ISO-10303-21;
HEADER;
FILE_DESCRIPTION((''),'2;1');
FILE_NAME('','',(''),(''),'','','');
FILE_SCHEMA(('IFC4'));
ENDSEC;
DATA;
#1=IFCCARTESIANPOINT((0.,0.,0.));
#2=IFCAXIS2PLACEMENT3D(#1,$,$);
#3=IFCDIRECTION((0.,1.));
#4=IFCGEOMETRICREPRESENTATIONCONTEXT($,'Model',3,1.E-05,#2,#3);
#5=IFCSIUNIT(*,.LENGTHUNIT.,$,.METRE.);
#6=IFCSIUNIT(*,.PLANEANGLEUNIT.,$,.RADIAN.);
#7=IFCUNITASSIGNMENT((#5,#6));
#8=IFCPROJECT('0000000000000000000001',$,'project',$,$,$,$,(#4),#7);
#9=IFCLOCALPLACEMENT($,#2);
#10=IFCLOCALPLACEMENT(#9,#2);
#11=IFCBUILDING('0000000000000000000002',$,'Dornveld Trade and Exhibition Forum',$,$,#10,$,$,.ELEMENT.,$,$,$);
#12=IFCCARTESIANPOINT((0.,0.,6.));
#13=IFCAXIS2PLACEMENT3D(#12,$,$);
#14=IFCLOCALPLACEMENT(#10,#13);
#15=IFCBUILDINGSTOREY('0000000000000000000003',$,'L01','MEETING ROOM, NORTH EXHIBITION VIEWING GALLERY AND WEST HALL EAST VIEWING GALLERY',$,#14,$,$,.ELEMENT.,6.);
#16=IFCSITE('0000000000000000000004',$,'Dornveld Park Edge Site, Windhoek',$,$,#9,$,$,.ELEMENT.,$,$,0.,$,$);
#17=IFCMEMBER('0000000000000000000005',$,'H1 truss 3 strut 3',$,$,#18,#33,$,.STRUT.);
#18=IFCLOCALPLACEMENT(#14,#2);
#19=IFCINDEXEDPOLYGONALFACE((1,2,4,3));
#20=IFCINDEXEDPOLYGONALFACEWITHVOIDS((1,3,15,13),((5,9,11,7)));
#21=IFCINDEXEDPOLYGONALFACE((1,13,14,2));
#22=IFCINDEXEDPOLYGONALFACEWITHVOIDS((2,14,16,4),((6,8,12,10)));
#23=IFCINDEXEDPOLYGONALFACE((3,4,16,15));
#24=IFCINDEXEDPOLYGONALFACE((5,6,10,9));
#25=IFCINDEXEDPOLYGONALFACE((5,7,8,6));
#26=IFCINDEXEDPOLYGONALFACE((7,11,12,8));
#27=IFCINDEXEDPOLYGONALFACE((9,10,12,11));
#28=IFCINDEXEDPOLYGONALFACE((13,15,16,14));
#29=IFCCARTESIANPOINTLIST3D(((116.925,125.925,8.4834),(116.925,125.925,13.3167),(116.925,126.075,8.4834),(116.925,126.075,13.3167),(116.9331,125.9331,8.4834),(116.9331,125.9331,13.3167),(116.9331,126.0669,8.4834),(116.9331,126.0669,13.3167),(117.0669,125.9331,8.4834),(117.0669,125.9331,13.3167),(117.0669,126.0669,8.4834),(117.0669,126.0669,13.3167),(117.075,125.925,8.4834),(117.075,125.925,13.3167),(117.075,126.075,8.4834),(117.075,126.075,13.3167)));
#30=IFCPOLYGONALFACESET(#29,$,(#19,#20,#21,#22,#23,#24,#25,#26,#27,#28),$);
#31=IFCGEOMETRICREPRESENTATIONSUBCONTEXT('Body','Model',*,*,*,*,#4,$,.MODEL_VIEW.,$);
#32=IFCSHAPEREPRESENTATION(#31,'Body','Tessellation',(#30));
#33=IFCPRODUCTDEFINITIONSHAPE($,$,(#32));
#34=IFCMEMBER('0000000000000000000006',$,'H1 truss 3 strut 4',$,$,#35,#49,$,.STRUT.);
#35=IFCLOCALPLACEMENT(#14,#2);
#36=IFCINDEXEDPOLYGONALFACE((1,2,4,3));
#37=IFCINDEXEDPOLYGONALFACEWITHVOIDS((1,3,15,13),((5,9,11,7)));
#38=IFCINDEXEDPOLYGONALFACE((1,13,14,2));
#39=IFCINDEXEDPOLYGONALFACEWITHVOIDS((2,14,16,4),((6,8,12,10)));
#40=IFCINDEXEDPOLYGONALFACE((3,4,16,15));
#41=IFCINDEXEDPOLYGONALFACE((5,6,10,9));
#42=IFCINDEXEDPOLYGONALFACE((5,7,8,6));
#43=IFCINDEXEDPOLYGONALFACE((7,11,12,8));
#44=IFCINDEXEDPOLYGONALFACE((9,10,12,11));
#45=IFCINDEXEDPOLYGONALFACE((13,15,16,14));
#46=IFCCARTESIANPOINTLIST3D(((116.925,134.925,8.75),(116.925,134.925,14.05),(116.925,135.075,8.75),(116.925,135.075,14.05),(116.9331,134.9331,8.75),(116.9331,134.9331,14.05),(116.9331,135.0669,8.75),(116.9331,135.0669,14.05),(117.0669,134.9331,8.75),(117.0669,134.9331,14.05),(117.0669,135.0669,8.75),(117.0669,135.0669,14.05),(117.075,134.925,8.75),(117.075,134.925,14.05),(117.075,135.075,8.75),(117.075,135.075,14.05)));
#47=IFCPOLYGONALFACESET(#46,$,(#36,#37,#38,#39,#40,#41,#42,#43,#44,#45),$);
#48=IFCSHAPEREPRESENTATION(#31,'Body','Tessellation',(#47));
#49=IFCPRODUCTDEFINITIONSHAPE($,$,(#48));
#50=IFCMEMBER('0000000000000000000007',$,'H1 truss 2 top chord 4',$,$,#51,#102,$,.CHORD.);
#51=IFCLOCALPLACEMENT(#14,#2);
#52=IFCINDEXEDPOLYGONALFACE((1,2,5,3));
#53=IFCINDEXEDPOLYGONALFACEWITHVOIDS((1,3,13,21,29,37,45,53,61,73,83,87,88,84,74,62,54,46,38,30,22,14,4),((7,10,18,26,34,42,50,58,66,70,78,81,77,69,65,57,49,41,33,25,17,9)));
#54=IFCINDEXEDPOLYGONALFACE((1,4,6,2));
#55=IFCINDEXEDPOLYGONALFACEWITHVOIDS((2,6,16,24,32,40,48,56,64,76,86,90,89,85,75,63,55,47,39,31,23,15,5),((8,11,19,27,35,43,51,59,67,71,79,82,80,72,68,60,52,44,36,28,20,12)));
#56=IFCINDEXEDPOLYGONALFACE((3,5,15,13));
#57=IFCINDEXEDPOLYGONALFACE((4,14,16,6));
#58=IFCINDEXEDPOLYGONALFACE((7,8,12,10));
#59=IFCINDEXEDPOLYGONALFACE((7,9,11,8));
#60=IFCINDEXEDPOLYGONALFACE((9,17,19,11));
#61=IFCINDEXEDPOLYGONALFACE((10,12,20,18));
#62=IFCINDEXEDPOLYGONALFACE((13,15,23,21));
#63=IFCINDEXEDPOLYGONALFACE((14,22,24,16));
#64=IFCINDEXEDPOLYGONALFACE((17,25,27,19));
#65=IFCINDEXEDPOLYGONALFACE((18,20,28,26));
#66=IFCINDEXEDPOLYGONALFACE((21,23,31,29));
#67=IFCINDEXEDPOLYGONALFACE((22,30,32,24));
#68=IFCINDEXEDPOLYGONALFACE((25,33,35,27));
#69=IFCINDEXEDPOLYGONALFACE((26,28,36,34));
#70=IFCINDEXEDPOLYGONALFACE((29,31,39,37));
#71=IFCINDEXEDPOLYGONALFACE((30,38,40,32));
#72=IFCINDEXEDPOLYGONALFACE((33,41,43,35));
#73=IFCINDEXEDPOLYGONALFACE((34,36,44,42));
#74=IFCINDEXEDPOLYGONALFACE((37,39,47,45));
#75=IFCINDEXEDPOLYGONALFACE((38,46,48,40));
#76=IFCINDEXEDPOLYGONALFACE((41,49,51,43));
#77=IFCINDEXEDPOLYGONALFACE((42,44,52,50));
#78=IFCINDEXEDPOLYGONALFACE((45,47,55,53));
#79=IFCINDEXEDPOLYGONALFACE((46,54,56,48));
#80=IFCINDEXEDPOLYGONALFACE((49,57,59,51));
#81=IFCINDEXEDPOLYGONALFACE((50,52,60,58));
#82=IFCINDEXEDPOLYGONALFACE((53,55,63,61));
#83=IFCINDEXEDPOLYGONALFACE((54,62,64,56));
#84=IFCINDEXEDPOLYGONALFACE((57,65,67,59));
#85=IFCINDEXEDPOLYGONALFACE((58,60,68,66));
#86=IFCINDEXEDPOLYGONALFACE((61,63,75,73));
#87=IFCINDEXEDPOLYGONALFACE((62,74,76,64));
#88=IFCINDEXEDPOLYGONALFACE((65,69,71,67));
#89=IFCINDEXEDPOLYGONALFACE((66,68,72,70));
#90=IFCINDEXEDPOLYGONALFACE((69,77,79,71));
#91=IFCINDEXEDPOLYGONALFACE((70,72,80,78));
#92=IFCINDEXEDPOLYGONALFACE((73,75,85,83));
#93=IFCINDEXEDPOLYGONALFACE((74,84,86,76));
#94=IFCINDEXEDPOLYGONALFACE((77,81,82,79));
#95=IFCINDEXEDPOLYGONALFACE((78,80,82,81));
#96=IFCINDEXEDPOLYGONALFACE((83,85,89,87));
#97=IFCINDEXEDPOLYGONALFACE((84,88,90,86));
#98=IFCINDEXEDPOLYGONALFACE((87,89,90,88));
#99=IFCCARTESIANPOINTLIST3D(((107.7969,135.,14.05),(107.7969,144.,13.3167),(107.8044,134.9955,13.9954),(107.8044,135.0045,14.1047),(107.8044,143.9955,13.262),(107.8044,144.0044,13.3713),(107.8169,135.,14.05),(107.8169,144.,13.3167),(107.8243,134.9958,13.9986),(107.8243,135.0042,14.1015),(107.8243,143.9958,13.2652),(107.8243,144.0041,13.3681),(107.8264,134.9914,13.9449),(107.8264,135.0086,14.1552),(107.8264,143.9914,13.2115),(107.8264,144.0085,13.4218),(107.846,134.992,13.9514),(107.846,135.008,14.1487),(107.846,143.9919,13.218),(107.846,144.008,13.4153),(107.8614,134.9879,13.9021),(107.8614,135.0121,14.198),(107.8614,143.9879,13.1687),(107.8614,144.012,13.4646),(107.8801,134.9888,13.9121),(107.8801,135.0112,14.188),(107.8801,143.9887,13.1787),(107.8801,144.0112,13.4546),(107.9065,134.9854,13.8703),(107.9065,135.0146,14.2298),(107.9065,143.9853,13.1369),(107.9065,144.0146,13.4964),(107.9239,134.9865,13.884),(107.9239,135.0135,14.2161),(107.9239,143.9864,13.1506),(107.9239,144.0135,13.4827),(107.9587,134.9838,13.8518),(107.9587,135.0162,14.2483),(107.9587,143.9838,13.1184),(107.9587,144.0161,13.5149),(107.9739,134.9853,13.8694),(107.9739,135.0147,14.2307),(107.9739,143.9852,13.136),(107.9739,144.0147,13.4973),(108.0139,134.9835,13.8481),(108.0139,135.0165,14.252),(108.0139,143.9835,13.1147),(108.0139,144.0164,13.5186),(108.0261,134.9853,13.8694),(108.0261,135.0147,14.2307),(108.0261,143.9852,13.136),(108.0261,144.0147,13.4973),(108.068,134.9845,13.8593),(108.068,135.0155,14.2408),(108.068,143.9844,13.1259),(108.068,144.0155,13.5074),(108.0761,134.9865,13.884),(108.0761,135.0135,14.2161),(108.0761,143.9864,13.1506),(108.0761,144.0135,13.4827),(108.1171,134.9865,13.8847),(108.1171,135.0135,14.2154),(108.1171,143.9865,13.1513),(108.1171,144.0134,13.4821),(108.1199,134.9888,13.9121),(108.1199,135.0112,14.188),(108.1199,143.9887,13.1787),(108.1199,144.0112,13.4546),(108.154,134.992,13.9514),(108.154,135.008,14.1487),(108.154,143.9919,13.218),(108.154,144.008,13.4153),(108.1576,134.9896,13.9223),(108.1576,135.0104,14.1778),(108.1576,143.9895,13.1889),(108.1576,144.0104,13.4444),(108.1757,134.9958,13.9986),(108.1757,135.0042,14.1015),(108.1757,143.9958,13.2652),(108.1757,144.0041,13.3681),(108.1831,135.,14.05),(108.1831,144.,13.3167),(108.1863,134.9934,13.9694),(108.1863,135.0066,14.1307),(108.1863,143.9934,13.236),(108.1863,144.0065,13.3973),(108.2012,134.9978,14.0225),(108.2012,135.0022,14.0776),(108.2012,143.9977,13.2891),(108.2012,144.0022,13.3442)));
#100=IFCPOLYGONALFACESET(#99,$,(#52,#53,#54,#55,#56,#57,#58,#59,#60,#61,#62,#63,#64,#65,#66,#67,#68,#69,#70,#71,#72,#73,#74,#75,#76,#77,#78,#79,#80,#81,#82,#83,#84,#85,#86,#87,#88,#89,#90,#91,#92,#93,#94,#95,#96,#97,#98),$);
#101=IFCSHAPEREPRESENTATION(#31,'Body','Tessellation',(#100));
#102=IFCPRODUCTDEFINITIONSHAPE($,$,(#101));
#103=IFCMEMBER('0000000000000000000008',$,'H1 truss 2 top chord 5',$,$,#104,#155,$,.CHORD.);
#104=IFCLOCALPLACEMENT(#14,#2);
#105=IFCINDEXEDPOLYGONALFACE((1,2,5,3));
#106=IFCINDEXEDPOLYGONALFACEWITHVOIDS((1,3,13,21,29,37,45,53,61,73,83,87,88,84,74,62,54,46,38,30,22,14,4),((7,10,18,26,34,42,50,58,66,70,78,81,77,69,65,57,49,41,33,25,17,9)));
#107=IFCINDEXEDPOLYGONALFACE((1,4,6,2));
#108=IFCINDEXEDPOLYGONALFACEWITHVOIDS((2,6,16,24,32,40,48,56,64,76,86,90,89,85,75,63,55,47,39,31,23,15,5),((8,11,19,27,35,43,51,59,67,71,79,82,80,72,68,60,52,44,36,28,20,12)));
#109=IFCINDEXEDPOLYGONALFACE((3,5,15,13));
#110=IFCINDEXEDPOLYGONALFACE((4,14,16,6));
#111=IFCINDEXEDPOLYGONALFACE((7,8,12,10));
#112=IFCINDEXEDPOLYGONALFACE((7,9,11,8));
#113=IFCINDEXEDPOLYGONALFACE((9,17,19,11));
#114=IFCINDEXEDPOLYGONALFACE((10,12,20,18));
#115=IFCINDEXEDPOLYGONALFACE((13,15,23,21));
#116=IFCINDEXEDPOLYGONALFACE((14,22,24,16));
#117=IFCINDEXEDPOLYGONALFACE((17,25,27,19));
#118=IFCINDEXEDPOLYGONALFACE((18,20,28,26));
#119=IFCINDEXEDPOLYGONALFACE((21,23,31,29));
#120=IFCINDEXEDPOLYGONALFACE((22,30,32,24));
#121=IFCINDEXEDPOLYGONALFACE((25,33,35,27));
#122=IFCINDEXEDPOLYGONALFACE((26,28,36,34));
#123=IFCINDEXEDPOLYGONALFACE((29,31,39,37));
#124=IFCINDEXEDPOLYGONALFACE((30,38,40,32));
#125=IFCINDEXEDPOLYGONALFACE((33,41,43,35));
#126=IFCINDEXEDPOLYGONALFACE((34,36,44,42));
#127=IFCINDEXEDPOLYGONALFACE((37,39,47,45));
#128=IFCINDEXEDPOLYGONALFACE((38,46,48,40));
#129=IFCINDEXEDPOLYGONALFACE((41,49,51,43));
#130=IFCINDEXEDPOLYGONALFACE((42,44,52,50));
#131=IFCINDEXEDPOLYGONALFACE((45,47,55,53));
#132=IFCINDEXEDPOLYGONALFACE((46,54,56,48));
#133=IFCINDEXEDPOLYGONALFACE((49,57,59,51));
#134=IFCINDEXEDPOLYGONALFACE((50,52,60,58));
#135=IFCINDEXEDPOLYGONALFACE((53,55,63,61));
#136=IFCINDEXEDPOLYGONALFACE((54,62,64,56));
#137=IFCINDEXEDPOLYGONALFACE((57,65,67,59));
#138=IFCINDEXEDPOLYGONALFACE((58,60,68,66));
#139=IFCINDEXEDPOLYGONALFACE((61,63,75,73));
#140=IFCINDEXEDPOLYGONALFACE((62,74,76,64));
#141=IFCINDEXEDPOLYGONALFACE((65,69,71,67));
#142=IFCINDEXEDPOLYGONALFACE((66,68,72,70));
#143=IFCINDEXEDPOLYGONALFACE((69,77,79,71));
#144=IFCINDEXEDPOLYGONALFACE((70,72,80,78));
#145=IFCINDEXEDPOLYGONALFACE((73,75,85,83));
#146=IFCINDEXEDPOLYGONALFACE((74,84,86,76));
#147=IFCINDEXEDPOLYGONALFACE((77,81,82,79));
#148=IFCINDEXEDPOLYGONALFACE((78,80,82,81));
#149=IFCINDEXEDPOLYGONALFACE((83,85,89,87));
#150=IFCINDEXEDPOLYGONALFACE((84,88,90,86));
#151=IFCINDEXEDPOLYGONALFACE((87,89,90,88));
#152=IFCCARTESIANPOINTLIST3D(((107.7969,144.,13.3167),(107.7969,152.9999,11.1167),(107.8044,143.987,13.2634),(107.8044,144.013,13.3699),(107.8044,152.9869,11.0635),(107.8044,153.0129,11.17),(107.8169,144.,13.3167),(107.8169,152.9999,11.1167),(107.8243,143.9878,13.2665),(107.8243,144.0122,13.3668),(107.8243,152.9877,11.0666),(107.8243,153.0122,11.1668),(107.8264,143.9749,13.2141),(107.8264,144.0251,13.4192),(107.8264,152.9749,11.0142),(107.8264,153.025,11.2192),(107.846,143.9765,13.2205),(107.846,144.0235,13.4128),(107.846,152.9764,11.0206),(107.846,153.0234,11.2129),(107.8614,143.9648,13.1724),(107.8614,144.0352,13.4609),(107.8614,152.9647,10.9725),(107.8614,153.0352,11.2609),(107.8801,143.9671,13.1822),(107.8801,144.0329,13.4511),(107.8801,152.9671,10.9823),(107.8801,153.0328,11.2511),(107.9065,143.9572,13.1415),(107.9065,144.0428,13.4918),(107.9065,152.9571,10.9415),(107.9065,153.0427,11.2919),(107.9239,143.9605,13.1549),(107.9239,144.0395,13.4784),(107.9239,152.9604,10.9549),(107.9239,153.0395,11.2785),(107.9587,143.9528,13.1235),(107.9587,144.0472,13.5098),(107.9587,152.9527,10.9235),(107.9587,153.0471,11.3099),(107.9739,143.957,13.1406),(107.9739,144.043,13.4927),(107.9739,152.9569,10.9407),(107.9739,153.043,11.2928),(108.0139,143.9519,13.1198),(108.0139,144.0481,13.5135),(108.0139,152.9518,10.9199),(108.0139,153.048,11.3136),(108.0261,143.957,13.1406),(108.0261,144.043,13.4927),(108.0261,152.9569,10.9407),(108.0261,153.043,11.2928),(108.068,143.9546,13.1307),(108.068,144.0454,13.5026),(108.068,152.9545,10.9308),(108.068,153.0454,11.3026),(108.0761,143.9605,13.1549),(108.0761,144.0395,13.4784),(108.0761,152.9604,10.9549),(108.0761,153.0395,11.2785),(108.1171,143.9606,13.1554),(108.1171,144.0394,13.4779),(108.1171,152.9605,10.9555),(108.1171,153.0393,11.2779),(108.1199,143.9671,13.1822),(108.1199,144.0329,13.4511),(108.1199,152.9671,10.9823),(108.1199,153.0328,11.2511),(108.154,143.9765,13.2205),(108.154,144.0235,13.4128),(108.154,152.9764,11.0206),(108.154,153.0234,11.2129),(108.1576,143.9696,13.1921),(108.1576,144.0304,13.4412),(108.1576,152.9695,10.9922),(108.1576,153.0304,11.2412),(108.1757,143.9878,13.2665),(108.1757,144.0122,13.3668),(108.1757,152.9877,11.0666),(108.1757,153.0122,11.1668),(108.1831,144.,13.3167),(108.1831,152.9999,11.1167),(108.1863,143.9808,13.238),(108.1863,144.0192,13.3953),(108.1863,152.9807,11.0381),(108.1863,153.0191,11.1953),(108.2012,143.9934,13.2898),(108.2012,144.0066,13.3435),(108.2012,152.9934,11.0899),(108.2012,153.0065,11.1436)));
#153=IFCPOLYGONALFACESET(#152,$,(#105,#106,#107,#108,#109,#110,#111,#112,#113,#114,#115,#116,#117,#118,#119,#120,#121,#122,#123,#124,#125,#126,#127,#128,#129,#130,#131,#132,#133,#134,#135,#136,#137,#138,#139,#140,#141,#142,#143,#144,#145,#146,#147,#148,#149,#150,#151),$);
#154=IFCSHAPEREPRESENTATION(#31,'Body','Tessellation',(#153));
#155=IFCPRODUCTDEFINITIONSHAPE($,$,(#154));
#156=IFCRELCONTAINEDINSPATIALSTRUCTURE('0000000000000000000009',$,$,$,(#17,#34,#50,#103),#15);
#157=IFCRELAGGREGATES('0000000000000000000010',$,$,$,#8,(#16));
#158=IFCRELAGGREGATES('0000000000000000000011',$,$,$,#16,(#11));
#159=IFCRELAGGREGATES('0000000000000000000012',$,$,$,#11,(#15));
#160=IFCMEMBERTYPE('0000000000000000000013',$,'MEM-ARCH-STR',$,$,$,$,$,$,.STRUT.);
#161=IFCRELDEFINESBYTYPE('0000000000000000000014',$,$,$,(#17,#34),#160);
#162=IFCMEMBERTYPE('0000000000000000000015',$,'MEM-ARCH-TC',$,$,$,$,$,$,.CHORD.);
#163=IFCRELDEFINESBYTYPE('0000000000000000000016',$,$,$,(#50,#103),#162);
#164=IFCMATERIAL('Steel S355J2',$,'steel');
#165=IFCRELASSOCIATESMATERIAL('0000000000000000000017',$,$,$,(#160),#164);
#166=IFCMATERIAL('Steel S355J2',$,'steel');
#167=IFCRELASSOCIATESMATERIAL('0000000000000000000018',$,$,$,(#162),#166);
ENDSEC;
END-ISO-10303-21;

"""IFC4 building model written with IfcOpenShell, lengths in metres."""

from ifc_helpers import new_model, si_unit, direction, frame, origin, origin_2d, place, context, subcontext, project, spatial, hollow_rectangle, hollow_circle, extrude, material, material_profile, profile_set, type_object, element, save


model = new_model("IFC4")

# Units and contexts
model_context = context("Model", 3, precision=1e-05, world=origin(), true_north=direction((0.0, 1.0)))
body_context = subcontext(model_context, "Body", "Model", "MODEL_VIEW")
ifc_project = project(units=[si_unit("LENGTHUNIT", "METRE"), si_unit("PLANEANGLEUNIT", "RADIAN")], contexts=[model_context])

# Site, building, storey
site_placement = place(None, origin())
site = spatial("IfcSite", under=ifc_project, at=site_placement, Name="Dornveld Park Edge Site, Windhoek", CompositionType="ELEMENT", RefElevation=0.0)
building_placement = place(site_placement, origin())
building = spatial("IfcBuilding", under=site, at=building_placement, Name="Dornveld Trade and Exhibition Forum", CompositionType="ELEMENT")
storey_placement = place(building_placement, frame((0.0, 0.0, 6.0)))
storey = spatial("IfcBuildingStorey", under=building, at=storey_placement, Name="L01", Description="MEETING ROOM, NORTH EXHIBITION VIEWING GALLERY AND WEST HALL EAST VIEWING GALLERY", CompositionType="ELEMENT", Elevation=6.0)

# Members
ifc_material_1 = material(Name="Steel S355J2", Category="steel")
ifc_material_profile_1 = material_profile(ifc_material_1, hollow_rectangle(XDim=0.1499, YDim=0.1499, WallThickness=0.0081, at=origin_2d()), Name="SHS 150x150x8")
ifc_profile_set_1 = profile_set([ifc_material_profile_1], Name="Steel S355J2")
member_type_1 = type_object("IfcMemberType", Name="MEM-ARCH-STR", PredefinedType="STRUT", material=ifc_profile_set_1)
for number, where, z_axis, x_axis, name in (
    (1, (117.0, 126.0, 8.4834), (0.0, 0.0, 1.0), (1.0, 0.0, 0.0), "H1 truss 3 strut 3"),
):
    element("IfcMember", number, at=place(storey_placement, frame(where, z_axis=z_axis, x_axis=x_axis)), inside=storey, type_object=member_type_1, Name=name, PredefinedType="STRUT", context=body_context, shape_type="SweptSolid", body=[
        extrude(hollow_rectangle(XDim=0.1499, YDim=0.1499, WallThickness=0.0081, at=origin_2d()), origin(), (0.0, 0.0, 1.0), 4.8333),
    ])
member_1_placement = place(storey_placement, frame((117.0, 135.0, 8.75), z_axis=(0.0, 0.0, 1.0), x_axis=(1.0, 0.0, 0.0)))
element("IfcMember", 2, at=member_1_placement, inside=storey, type_object=member_type_1, Name="H1 truss 3 strut 4", PredefinedType="STRUT", context=body_context, shape_type="SweptSolid", body=[
    extrude(hollow_rectangle(XDim=0.1499, YDim=0.1499, WallThickness=0.0081, at=origin_2d()), origin(), (0.0, 0.0, 1.0), 5.3),
])
ifc_material_2 = material(Name="Steel S355J2", Category="steel")
ifc_material_profile_2 = material_profile(ifc_material_2, hollow_circle(Radius=0.2031, WallThickness=0.02, at=origin_2d()), Name="CHS 406.4x20")
ifc_profile_set_2 = profile_set([ifc_material_profile_2], Name="Steel S355J2")
member_type_2 = type_object("IfcMemberType", Name="MEM-ARCH-TC", PredefinedType="CHORD", material=ifc_profile_set_2)
member_2_placement = place(storey_placement, frame((108.0, 135.0, 14.05), z_axis=(0.0, 0.996696, -0.081219), x_axis=(-1.0, 0.0, 0.0)))
element("IfcMember", 3, at=member_2_placement, inside=storey, type_object=member_type_2, Name="H1 truss 2 top chord 4", PredefinedType="CHORD", context=body_context, shape_type="SweptSolid", body=[
    extrude(hollow_circle(Radius=0.2031, WallThickness=0.02, at=origin_2d()), origin(), (0.0, 0.0, 1.0), 9.0298),
])
member_3_placement = place(storey_placement, frame((108.0, 144.0, 13.3167), z_axis=(0.0, 0.9714, -0.237448), x_axis=(-1.0, 0.0, 0.0)))
element("IfcMember", 4, at=member_3_placement, inside=storey, type_object=member_type_2, Name="H1 truss 2 top chord 5", PredefinedType="CHORD", context=body_context, shape_type="SweptSolid", body=[
    extrude(hollow_circle(Radius=0.2031, WallThickness=0.02, at=origin_2d()), origin(), (0.0, 0.0, 1.0), 9.2649),
])

save(model, "model.ifc")
